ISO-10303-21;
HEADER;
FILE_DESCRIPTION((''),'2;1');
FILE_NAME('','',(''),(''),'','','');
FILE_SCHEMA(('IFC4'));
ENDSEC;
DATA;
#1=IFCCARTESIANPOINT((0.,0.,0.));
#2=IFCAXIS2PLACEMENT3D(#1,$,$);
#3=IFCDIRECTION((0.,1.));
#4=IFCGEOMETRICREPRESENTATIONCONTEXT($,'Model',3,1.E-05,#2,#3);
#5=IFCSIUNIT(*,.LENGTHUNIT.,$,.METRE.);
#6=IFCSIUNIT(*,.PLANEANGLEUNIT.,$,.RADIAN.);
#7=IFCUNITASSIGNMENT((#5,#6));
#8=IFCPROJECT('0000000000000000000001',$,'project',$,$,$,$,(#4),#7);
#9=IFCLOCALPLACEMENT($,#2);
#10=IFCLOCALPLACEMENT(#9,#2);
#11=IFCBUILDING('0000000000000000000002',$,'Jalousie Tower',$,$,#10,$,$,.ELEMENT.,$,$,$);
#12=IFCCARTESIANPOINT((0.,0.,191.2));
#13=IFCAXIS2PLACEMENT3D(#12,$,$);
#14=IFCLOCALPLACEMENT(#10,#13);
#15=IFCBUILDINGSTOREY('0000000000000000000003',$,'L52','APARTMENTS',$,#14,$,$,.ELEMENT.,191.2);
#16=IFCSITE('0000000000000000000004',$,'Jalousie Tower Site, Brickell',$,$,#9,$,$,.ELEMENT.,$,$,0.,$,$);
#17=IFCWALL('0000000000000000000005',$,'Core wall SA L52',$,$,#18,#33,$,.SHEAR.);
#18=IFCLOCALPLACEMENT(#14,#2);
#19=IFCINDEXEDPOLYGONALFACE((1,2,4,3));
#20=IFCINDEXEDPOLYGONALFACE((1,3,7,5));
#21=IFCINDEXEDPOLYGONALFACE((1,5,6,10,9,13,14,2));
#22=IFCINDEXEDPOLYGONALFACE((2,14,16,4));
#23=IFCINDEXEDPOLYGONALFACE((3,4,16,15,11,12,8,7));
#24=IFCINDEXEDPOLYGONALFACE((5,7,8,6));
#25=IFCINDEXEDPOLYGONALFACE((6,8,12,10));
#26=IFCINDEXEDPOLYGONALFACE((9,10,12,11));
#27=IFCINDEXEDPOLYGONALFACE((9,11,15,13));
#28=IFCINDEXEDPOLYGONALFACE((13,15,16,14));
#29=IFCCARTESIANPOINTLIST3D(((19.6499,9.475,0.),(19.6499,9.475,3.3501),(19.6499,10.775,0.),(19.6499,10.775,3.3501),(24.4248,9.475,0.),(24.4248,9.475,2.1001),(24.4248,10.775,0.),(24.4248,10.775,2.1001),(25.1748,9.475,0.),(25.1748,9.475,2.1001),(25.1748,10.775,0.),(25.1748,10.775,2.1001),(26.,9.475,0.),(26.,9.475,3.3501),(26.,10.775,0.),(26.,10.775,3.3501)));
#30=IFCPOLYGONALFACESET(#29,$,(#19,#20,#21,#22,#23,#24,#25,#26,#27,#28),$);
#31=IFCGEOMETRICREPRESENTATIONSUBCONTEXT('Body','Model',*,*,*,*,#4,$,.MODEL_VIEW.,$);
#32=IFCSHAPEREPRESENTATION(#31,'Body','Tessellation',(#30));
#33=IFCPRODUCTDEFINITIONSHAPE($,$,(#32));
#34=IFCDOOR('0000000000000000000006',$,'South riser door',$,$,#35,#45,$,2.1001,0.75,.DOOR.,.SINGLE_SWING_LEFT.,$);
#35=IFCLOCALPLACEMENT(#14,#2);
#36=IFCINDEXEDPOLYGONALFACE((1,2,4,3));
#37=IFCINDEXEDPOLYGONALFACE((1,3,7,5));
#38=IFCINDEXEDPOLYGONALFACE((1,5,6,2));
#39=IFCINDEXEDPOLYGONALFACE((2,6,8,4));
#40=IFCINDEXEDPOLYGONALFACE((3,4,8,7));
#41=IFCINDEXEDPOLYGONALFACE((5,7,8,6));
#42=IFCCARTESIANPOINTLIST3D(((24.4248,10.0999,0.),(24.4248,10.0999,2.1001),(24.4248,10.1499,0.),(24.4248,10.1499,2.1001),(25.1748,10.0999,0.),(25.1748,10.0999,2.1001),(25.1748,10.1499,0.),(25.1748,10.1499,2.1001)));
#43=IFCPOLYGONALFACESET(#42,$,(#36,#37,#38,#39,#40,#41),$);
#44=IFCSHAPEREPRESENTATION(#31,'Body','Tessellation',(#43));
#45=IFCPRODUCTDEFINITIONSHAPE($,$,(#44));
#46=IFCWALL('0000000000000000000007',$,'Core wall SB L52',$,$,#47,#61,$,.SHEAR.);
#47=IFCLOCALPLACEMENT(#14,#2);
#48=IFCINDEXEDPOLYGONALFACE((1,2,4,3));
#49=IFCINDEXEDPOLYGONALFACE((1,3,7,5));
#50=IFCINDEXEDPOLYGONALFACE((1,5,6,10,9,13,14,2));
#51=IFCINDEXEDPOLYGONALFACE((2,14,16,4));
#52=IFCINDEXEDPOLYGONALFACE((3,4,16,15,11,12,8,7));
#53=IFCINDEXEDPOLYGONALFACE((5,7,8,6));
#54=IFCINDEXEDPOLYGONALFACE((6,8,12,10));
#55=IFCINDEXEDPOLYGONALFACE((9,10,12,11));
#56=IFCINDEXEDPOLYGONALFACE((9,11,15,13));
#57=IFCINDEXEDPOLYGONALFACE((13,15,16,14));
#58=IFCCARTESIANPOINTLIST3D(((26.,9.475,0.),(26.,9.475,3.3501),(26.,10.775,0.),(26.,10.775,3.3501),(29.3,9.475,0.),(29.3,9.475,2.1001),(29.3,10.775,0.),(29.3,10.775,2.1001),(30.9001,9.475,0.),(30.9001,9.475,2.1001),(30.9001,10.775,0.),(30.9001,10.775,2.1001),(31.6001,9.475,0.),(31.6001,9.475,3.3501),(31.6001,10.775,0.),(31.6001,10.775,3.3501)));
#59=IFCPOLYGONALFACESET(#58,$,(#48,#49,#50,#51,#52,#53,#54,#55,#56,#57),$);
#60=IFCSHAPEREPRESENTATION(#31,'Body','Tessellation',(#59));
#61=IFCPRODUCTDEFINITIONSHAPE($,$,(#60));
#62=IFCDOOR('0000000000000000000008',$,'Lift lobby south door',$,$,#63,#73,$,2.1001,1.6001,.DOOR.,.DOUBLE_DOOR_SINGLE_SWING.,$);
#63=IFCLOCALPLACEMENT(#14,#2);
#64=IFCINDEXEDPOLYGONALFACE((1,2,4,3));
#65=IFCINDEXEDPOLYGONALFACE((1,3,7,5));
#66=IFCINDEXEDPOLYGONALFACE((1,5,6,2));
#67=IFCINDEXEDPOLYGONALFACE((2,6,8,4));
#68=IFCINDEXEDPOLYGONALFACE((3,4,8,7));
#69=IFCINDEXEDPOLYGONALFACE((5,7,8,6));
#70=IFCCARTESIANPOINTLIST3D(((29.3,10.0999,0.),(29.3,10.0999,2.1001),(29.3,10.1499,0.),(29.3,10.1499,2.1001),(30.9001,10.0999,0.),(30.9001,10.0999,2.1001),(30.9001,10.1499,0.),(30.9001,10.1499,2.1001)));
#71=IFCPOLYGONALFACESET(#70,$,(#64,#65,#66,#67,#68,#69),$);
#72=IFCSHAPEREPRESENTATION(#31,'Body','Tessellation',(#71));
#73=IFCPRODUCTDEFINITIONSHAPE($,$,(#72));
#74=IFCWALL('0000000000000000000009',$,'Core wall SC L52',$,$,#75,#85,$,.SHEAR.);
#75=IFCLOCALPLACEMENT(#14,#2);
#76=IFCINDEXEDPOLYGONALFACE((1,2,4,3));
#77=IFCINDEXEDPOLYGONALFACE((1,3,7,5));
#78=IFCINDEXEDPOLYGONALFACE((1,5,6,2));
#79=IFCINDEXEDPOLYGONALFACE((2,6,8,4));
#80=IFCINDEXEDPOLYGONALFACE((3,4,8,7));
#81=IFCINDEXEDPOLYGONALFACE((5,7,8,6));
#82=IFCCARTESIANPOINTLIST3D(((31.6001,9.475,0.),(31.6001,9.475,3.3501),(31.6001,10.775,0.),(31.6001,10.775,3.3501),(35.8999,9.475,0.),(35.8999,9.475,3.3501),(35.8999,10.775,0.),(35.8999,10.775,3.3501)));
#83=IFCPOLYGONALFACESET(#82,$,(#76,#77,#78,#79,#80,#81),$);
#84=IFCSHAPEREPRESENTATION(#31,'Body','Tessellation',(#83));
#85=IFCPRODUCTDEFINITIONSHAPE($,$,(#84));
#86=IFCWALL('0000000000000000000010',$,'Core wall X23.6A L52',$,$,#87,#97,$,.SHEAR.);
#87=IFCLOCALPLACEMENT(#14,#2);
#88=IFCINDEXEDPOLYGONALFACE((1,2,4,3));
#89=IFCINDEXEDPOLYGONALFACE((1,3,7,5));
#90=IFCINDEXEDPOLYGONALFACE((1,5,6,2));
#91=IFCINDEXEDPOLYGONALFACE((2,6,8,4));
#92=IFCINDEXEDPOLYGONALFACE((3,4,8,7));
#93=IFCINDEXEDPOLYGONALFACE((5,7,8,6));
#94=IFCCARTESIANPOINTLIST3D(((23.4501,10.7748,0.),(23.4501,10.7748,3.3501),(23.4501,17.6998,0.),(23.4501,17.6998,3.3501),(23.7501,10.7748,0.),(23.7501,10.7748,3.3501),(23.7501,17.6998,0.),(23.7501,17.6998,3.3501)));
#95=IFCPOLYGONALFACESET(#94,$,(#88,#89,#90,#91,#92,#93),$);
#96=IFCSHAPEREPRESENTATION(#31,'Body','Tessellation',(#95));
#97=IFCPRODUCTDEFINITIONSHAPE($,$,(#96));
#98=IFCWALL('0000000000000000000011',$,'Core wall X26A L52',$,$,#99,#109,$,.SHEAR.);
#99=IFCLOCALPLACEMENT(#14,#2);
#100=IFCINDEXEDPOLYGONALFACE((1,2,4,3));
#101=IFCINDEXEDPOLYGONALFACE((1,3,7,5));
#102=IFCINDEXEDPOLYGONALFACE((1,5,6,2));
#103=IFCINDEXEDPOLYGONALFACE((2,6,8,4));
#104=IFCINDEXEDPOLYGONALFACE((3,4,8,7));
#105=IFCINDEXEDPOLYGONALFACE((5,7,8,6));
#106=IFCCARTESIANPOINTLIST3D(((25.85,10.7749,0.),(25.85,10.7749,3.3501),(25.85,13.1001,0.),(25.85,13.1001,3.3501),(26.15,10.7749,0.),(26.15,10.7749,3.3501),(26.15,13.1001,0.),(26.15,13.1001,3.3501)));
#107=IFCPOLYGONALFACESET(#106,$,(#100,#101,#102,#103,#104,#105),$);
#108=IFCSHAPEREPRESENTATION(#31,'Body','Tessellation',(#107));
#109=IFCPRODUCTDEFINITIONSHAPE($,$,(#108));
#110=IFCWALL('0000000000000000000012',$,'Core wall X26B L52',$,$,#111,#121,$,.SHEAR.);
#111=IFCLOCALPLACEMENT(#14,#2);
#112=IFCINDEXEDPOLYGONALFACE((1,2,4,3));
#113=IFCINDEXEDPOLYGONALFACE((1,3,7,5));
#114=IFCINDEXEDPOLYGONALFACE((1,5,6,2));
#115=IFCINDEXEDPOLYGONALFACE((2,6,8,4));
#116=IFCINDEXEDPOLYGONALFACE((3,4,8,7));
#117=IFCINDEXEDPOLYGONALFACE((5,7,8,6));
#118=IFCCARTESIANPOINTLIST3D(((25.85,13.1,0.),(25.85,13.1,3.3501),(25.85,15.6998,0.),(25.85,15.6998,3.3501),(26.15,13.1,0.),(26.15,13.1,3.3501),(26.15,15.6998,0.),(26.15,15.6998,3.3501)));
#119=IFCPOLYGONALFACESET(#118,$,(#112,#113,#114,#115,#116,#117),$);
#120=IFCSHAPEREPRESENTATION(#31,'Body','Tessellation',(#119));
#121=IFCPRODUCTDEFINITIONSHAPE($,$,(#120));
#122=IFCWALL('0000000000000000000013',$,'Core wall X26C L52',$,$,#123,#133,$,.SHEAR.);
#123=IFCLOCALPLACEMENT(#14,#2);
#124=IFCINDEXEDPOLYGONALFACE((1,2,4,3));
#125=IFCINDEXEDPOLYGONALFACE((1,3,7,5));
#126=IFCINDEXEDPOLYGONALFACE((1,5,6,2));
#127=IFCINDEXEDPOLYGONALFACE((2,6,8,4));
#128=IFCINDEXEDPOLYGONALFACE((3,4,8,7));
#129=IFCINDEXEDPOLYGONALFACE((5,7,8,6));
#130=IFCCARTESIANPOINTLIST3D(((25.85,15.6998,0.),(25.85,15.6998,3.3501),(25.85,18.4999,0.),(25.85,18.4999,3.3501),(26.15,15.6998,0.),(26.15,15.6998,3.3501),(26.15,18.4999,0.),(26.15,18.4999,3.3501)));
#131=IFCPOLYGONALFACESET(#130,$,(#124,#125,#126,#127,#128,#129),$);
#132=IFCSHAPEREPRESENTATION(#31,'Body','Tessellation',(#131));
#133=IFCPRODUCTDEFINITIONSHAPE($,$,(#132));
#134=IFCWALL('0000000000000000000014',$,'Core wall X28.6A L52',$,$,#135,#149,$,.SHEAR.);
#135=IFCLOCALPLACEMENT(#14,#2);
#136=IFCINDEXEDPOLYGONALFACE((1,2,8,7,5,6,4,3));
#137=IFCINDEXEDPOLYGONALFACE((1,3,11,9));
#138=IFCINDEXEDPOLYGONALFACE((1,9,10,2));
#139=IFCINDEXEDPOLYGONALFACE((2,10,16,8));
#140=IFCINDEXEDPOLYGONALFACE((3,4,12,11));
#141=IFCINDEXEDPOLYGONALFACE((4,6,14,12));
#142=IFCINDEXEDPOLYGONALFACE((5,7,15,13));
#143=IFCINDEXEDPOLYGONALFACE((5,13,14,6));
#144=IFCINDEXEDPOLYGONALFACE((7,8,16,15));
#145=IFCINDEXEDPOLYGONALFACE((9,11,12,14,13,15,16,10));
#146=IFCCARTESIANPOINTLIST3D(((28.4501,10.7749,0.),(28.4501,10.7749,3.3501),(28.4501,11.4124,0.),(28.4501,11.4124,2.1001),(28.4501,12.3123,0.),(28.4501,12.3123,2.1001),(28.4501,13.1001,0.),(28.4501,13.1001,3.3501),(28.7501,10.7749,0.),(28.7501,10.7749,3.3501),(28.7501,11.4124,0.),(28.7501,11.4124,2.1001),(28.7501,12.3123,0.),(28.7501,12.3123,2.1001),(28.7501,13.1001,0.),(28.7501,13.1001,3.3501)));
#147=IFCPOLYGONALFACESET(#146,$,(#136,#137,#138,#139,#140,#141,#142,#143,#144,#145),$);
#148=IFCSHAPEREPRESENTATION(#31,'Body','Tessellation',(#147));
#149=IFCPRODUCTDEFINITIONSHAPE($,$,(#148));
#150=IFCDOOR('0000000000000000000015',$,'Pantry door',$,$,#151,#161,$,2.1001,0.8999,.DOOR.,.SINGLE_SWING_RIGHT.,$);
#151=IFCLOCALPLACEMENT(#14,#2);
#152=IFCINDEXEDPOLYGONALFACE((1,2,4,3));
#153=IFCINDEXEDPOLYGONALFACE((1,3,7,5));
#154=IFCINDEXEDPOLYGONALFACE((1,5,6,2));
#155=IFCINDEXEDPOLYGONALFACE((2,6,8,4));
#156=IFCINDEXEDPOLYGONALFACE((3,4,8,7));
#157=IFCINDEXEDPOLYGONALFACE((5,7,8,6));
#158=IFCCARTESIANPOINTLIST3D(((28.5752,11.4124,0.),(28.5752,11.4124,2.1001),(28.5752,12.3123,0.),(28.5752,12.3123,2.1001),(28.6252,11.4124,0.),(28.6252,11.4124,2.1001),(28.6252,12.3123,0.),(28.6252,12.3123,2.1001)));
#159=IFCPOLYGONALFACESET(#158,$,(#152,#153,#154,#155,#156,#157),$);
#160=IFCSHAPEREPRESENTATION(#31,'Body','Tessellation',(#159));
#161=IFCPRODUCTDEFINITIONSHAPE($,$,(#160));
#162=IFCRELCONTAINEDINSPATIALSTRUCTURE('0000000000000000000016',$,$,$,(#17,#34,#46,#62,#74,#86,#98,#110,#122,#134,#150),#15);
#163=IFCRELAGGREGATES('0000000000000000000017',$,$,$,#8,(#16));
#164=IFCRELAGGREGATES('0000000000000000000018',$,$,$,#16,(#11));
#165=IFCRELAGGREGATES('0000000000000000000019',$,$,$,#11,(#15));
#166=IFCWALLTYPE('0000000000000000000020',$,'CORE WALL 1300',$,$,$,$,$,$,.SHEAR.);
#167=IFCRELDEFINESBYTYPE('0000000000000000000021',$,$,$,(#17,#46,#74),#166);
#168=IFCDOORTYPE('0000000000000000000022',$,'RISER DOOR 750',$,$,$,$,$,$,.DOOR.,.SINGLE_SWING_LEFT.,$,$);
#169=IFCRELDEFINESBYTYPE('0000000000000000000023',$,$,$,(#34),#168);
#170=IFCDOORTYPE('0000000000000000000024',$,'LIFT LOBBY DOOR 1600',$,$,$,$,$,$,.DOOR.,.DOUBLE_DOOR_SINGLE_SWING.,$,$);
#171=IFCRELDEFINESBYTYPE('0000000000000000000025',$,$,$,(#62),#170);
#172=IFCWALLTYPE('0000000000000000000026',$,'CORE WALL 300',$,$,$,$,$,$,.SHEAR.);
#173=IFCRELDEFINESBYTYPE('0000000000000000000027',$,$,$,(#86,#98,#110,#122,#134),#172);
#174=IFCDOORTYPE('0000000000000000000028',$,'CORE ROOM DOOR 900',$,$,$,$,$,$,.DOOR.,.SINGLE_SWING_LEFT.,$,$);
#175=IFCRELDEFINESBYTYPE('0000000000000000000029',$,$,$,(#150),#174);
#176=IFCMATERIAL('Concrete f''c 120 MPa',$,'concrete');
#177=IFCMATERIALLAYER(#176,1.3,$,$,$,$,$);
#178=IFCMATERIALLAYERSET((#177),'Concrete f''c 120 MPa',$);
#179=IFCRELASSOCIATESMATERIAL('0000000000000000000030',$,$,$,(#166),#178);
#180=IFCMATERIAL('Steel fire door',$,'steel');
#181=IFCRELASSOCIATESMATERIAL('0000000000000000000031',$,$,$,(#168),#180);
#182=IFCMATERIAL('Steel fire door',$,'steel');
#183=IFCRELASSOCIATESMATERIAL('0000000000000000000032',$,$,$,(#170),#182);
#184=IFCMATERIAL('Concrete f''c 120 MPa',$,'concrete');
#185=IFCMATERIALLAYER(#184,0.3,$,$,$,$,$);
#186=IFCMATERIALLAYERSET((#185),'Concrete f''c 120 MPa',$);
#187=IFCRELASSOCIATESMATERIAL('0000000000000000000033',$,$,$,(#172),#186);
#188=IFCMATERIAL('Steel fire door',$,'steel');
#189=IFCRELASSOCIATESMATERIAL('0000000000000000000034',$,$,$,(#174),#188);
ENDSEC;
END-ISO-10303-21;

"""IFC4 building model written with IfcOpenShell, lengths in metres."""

from ifc_helpers import new_model, si_unit, direction, frame, frame_2d, origin, place, context, subcontext, project, spatial, rectangle, extrude, material, layer, layer_set, type_object, element, fill, save


model = new_model("IFC4")

# Units and contexts
model_context = context("Model", 3, precision=1e-05, world=origin(), true_north=direction((0.0, 1.0)))
body_context = subcontext(model_context, "Body", "Model", "MODEL_VIEW")
ifc_project = project(units=[si_unit("LENGTHUNIT", "METRE"), si_unit("PLANEANGLEUNIT", "RADIAN")], contexts=[model_context])

# Site, building, storey
site_placement = place(None, origin())
site = spatial("IfcSite", under=ifc_project, at=site_placement, Name="Jalousie Tower Site, Brickell", CompositionType="ELEMENT", RefElevation=0.0)
building_placement = place(site_placement, origin())
building = spatial("IfcBuilding", under=site, at=building_placement, Name="Jalousie Tower", CompositionType="ELEMENT")
storey_placement = place(building_placement, frame((0.0, 0.0, 191.2)))
storey = spatial("IfcBuildingStorey", under=building, at=storey_placement, Name="L52", Description="APARTMENTS", CompositionType="ELEMENT", Elevation=191.2)

# Walls, openings, doors
ifc_material_1 = material(Name="Concrete f'c 120 MPa", Category="concrete")
ifc_layer_1 = layer(ifc_material_1, 1.3)
ifc_layer_set_1 = layer_set([ifc_layer_1], Name="Concrete f'c 120 MPa")
wall_type_1 = type_object("IfcWallType", Name="CORE WALL 1300", PredefinedType="SHEAR", material=ifc_layer_set_1)
wall_1_placement = place(storey_placement, frame((19.6499, 10.125, 0.0), z_axis=(0.0, 0.0, 1.0), x_axis=(1.0, 0.0, 0.0)))
wall_1 = element("IfcWall", 1, at=wall_1_placement, inside=storey, type_object=wall_type_1, Name="Core wall SA L52", PredefinedType="SHEAR", context=body_context, shape_type="SweptSolid", body=[
    extrude(rectangle(XDim=6.3501, YDim=1.3, at=frame_2d((3.175, 0.0))), origin(), (0.0, 0.0, 1.0), 3.3501),
])
opening_1_placement = place(wall_1_placement, frame((4.7749, 0.0, 0.0)))
opening_1 = element("IfcOpeningElement", 2, at=opening_1_placement, cuts=wall_1, PredefinedType="OPENING", context=body_context, shape_type="SweptSolid", body=[
    extrude(rectangle(XDim=0.75, YDim=2.1001, at=frame_2d((0.375, 1.05))), frame((0.0, 0.6599, 0.0), z_axis=(0.0, -1.0, 0.0), x_axis=(1.0, 0.0, 0.0)), (0.0, 0.0, 1.0), 1.3201),
])
ifc_material_2 = material(Name="Steel fire door", Category="steel")
door_type_1 = type_object("IfcDoorType", Name="RISER DOOR 750", OperationType="SINGLE_SWING_LEFT", PredefinedType="DOOR", material=ifc_material_2)
door_1_placement = place(opening_1_placement, origin())
door_1 = element("IfcDoor", 3, at=door_1_placement, inside=storey, type_object=door_type_1, Name="South riser door", OperationType="SINGLE_SWING_LEFT", OverallHeight=2.1001, OverallWidth=0.75, PredefinedType="DOOR", context=body_context, shape_type="SweptSolid", body=[
    extrude(rectangle(XDim=0.75, YDim=2.1001, at=frame_2d((0.375, 1.05))), frame((0.0, 0.0249, 0.0), z_axis=(0.0, -1.0, 0.0), x_axis=(1.0, 0.0, 0.0)), (0.0, 0.0, 1.0), 0.05),
])
fill(opening_1, door_1)
wall_2_placement = place(storey_placement, frame((26.0, 10.125, 0.0), z_axis=(0.0, 0.0, 1.0), x_axis=(1.0, 0.0, 0.0)))
wall_2 = element("IfcWall", 4, at=wall_2_placement, inside=storey, type_object=wall_type_1, Name="Core wall SB L52", PredefinedType="SHEAR", context=body_context, shape_type="SweptSolid", body=[
    extrude(rectangle(XDim=5.6001, YDim=1.3, at=frame_2d((2.8, 0.0))), origin(), (0.0, 0.0, 1.0), 3.3501),
])
opening_2_placement = place(wall_2_placement, frame((3.3, 0.0, 0.0)))
opening_2 = element("IfcOpeningElement", 5, at=opening_2_placement, cuts=wall_2, PredefinedType="OPENING", context=body_context, shape_type="SweptSolid", body=[
    extrude(rectangle(XDim=1.6001, YDim=2.1001, at=frame_2d((0.8, 1.05))), frame((0.0, 0.6599, 0.0), z_axis=(0.0, -1.0, 0.0), x_axis=(1.0, 0.0, 0.0)), (0.0, 0.0, 1.0), 1.3201),
])
ifc_material_3 = material(Name="Steel fire door", Category="steel")
door_type_2 = type_object("IfcDoorType", Name="LIFT LOBBY DOOR 1600", OperationType="DOUBLE_DOOR_SINGLE_SWING", PredefinedType="DOOR", material=ifc_material_3)
door_2_placement = place(opening_2_placement, origin())
door_2 = element("IfcDoor", 6, at=door_2_placement, inside=storey, type_object=door_type_2, Name="Lift lobby south door", OperationType="DOUBLE_DOOR_SINGLE_SWING", OverallHeight=2.1001, OverallWidth=1.6001, PredefinedType="DOOR", context=body_context, shape_type="SweptSolid", body=[
    extrude(rectangle(XDim=1.6001, YDim=2.1001, at=frame_2d((0.8, 1.05))), frame((0.0, 0.0249, 0.0), z_axis=(0.0, -1.0, 0.0), x_axis=(1.0, 0.0, 0.0)), (0.0, 0.0, 1.0), 0.05),
])
fill(opening_2, door_2)

# Walls
wall_3_placement = place(storey_placement, frame((31.6001, 10.125, 0.0), z_axis=(0.0, 0.0, 1.0), x_axis=(1.0, 0.0, 0.0)))
element("IfcWall", 7, at=wall_3_placement, inside=storey, type_object=wall_type_1, Name="Core wall SC L52", PredefinedType="SHEAR", context=body_context, shape_type="SweptSolid", body=[
    extrude(rectangle(XDim=4.2998, YDim=1.3, at=frame_2d((2.1499, 0.0))), origin(), (0.0, 0.0, 1.0), 3.3501),
])
ifc_material_4 = material(Name="Concrete f'c 120 MPa", Category="concrete")
ifc_layer_2 = layer(ifc_material_4, 0.3)
ifc_layer_set_2 = layer_set([ifc_layer_2], Name="Concrete f'c 120 MPa")
wall_type_2 = type_object("IfcWallType", Name="CORE WALL 300", PredefinedType="SHEAR", material=ifc_layer_set_2)
wall_4_placement = place(storey_placement, frame((23.6001, 10.7749, 0.0), z_axis=(0.0, 0.0, 1.0), x_axis=(0.0, 1.0, 0.0)))
element("IfcWall", 8, at=wall_4_placement, inside=storey, type_object=wall_type_2, Name="Core wall X23.6A L52", PredefinedType="SHEAR", context=body_context, shape_type="SweptSolid", body=[
    extrude(rectangle(XDim=6.925, YDim=0.3, at=frame_2d((3.4624, 0.0))), origin(), (0.0, 0.0, 1.0), 3.3501),
])
wall_5_placement = place(storey_placement, frame((26.0, 10.7749, 0.0), z_axis=(0.0, 0.0, 1.0), x_axis=(0.0, 1.0, 0.0)))
element("IfcWall", 9, at=wall_5_placement, inside=storey, type_object=wall_type_2, Name="Core wall X26A L52", PredefinedType="SHEAR", context=body_context, shape_type="SweptSolid", body=[
    extrude(rectangle(XDim=2.3252, YDim=0.3, at=frame_2d((1.1626, 0.0))), origin(), (0.0, 0.0, 1.0), 3.3501),
])
wall_6_placement = place(storey_placement, frame((26.0, 13.1001, 0.0), z_axis=(0.0, 0.0, 1.0), x_axis=(0.0, 1.0, 0.0)))
element("IfcWall", 10, at=wall_6_placement, inside=storey, type_object=wall_type_2, Name="Core wall X26B L52", PredefinedType="SHEAR", context=body_context, shape_type="SweptSolid", body=[
    extrude(rectangle(XDim=2.5999, YDim=0.3, at=frame_2d((1.2998, 0.0))), origin(), (0.0, 0.0, 1.0), 3.3501),
])
wall_7_placement = place(storey_placement, frame((26.0, 15.7, 0.0), z_axis=(0.0, 0.0, 1.0), x_axis=(0.0, 1.0, 0.0)))
element("IfcWall", 11, at=wall_7_placement, inside=storey, type_object=wall_type_2, Name="Core wall X26C L52", PredefinedType="SHEAR", context=body_context, shape_type="SweptSolid", body=[
    extrude(rectangle(XDim=2.8, YDim=0.3, at=frame_2d((1.3999, 0.0))), origin(), (0.0, 0.0, 1.0), 3.3501),
])

# Wall, opening, door
wall_8_placement = place(storey_placement, frame((28.6001, 10.7749, 0.0), z_axis=(0.0, 0.0, 1.0), x_axis=(0.0, 1.0, 0.0)))
wall_8 = element("IfcWall", 12, at=wall_8_placement, inside=storey, type_object=wall_type_2, Name="Core wall X28.6A L52", PredefinedType="SHEAR", context=body_context, shape_type="SweptSolid", body=[
    extrude(rectangle(XDim=2.3252, YDim=0.3, at=frame_2d((1.1626, 0.0))), origin(), (0.0, 0.0, 1.0), 3.3501),
])
opening_3_placement = place(wall_8_placement, frame((0.6375, 0.0, 0.0)))
opening_3 = element("IfcOpeningElement", 13, at=opening_3_placement, cuts=wall_8, PredefinedType="OPENING", context=body_context, shape_type="SweptSolid", body=[
    extrude(rectangle(XDim=0.8999, YDim=2.1001, at=frame_2d((0.45, 1.05))), frame((0.0, 0.1599, 0.0), z_axis=(0.0, -1.0, 0.0), x_axis=(1.0, 0.0, 0.0)), (0.0, 0.0, 1.0), 0.3201),
])
ifc_material_5 = material(Name="Steel fire door", Category="steel")
door_type_3 = type_object("IfcDoorType", Name="CORE ROOM DOOR 900", OperationType="SINGLE_SWING_LEFT", PredefinedType="DOOR", material=ifc_material_5)
door_3_placement = place(opening_3_placement, origin())
door_3 = element("IfcDoor", 14, at=door_3_placement, inside=storey, type_object=door_type_3, Name="Pantry door", OperationType="SINGLE_SWING_RIGHT", OverallHeight=2.1001, OverallWidth=0.8999, PredefinedType="DOOR", context=body_context, shape_type="SweptSolid", body=[
    extrude(rectangle(XDim=0.8999, YDim=2.1001, at=frame_2d((0.45, 1.05))), frame((0.0, 0.0249, 0.0), z_axis=(0.0, -1.0, 0.0), x_axis=(1.0, 0.0, 0.0)), (0.0, 0.0, 1.0), 0.05),
])
fill(opening_3, door_3)

save(model, "model.ifc")
